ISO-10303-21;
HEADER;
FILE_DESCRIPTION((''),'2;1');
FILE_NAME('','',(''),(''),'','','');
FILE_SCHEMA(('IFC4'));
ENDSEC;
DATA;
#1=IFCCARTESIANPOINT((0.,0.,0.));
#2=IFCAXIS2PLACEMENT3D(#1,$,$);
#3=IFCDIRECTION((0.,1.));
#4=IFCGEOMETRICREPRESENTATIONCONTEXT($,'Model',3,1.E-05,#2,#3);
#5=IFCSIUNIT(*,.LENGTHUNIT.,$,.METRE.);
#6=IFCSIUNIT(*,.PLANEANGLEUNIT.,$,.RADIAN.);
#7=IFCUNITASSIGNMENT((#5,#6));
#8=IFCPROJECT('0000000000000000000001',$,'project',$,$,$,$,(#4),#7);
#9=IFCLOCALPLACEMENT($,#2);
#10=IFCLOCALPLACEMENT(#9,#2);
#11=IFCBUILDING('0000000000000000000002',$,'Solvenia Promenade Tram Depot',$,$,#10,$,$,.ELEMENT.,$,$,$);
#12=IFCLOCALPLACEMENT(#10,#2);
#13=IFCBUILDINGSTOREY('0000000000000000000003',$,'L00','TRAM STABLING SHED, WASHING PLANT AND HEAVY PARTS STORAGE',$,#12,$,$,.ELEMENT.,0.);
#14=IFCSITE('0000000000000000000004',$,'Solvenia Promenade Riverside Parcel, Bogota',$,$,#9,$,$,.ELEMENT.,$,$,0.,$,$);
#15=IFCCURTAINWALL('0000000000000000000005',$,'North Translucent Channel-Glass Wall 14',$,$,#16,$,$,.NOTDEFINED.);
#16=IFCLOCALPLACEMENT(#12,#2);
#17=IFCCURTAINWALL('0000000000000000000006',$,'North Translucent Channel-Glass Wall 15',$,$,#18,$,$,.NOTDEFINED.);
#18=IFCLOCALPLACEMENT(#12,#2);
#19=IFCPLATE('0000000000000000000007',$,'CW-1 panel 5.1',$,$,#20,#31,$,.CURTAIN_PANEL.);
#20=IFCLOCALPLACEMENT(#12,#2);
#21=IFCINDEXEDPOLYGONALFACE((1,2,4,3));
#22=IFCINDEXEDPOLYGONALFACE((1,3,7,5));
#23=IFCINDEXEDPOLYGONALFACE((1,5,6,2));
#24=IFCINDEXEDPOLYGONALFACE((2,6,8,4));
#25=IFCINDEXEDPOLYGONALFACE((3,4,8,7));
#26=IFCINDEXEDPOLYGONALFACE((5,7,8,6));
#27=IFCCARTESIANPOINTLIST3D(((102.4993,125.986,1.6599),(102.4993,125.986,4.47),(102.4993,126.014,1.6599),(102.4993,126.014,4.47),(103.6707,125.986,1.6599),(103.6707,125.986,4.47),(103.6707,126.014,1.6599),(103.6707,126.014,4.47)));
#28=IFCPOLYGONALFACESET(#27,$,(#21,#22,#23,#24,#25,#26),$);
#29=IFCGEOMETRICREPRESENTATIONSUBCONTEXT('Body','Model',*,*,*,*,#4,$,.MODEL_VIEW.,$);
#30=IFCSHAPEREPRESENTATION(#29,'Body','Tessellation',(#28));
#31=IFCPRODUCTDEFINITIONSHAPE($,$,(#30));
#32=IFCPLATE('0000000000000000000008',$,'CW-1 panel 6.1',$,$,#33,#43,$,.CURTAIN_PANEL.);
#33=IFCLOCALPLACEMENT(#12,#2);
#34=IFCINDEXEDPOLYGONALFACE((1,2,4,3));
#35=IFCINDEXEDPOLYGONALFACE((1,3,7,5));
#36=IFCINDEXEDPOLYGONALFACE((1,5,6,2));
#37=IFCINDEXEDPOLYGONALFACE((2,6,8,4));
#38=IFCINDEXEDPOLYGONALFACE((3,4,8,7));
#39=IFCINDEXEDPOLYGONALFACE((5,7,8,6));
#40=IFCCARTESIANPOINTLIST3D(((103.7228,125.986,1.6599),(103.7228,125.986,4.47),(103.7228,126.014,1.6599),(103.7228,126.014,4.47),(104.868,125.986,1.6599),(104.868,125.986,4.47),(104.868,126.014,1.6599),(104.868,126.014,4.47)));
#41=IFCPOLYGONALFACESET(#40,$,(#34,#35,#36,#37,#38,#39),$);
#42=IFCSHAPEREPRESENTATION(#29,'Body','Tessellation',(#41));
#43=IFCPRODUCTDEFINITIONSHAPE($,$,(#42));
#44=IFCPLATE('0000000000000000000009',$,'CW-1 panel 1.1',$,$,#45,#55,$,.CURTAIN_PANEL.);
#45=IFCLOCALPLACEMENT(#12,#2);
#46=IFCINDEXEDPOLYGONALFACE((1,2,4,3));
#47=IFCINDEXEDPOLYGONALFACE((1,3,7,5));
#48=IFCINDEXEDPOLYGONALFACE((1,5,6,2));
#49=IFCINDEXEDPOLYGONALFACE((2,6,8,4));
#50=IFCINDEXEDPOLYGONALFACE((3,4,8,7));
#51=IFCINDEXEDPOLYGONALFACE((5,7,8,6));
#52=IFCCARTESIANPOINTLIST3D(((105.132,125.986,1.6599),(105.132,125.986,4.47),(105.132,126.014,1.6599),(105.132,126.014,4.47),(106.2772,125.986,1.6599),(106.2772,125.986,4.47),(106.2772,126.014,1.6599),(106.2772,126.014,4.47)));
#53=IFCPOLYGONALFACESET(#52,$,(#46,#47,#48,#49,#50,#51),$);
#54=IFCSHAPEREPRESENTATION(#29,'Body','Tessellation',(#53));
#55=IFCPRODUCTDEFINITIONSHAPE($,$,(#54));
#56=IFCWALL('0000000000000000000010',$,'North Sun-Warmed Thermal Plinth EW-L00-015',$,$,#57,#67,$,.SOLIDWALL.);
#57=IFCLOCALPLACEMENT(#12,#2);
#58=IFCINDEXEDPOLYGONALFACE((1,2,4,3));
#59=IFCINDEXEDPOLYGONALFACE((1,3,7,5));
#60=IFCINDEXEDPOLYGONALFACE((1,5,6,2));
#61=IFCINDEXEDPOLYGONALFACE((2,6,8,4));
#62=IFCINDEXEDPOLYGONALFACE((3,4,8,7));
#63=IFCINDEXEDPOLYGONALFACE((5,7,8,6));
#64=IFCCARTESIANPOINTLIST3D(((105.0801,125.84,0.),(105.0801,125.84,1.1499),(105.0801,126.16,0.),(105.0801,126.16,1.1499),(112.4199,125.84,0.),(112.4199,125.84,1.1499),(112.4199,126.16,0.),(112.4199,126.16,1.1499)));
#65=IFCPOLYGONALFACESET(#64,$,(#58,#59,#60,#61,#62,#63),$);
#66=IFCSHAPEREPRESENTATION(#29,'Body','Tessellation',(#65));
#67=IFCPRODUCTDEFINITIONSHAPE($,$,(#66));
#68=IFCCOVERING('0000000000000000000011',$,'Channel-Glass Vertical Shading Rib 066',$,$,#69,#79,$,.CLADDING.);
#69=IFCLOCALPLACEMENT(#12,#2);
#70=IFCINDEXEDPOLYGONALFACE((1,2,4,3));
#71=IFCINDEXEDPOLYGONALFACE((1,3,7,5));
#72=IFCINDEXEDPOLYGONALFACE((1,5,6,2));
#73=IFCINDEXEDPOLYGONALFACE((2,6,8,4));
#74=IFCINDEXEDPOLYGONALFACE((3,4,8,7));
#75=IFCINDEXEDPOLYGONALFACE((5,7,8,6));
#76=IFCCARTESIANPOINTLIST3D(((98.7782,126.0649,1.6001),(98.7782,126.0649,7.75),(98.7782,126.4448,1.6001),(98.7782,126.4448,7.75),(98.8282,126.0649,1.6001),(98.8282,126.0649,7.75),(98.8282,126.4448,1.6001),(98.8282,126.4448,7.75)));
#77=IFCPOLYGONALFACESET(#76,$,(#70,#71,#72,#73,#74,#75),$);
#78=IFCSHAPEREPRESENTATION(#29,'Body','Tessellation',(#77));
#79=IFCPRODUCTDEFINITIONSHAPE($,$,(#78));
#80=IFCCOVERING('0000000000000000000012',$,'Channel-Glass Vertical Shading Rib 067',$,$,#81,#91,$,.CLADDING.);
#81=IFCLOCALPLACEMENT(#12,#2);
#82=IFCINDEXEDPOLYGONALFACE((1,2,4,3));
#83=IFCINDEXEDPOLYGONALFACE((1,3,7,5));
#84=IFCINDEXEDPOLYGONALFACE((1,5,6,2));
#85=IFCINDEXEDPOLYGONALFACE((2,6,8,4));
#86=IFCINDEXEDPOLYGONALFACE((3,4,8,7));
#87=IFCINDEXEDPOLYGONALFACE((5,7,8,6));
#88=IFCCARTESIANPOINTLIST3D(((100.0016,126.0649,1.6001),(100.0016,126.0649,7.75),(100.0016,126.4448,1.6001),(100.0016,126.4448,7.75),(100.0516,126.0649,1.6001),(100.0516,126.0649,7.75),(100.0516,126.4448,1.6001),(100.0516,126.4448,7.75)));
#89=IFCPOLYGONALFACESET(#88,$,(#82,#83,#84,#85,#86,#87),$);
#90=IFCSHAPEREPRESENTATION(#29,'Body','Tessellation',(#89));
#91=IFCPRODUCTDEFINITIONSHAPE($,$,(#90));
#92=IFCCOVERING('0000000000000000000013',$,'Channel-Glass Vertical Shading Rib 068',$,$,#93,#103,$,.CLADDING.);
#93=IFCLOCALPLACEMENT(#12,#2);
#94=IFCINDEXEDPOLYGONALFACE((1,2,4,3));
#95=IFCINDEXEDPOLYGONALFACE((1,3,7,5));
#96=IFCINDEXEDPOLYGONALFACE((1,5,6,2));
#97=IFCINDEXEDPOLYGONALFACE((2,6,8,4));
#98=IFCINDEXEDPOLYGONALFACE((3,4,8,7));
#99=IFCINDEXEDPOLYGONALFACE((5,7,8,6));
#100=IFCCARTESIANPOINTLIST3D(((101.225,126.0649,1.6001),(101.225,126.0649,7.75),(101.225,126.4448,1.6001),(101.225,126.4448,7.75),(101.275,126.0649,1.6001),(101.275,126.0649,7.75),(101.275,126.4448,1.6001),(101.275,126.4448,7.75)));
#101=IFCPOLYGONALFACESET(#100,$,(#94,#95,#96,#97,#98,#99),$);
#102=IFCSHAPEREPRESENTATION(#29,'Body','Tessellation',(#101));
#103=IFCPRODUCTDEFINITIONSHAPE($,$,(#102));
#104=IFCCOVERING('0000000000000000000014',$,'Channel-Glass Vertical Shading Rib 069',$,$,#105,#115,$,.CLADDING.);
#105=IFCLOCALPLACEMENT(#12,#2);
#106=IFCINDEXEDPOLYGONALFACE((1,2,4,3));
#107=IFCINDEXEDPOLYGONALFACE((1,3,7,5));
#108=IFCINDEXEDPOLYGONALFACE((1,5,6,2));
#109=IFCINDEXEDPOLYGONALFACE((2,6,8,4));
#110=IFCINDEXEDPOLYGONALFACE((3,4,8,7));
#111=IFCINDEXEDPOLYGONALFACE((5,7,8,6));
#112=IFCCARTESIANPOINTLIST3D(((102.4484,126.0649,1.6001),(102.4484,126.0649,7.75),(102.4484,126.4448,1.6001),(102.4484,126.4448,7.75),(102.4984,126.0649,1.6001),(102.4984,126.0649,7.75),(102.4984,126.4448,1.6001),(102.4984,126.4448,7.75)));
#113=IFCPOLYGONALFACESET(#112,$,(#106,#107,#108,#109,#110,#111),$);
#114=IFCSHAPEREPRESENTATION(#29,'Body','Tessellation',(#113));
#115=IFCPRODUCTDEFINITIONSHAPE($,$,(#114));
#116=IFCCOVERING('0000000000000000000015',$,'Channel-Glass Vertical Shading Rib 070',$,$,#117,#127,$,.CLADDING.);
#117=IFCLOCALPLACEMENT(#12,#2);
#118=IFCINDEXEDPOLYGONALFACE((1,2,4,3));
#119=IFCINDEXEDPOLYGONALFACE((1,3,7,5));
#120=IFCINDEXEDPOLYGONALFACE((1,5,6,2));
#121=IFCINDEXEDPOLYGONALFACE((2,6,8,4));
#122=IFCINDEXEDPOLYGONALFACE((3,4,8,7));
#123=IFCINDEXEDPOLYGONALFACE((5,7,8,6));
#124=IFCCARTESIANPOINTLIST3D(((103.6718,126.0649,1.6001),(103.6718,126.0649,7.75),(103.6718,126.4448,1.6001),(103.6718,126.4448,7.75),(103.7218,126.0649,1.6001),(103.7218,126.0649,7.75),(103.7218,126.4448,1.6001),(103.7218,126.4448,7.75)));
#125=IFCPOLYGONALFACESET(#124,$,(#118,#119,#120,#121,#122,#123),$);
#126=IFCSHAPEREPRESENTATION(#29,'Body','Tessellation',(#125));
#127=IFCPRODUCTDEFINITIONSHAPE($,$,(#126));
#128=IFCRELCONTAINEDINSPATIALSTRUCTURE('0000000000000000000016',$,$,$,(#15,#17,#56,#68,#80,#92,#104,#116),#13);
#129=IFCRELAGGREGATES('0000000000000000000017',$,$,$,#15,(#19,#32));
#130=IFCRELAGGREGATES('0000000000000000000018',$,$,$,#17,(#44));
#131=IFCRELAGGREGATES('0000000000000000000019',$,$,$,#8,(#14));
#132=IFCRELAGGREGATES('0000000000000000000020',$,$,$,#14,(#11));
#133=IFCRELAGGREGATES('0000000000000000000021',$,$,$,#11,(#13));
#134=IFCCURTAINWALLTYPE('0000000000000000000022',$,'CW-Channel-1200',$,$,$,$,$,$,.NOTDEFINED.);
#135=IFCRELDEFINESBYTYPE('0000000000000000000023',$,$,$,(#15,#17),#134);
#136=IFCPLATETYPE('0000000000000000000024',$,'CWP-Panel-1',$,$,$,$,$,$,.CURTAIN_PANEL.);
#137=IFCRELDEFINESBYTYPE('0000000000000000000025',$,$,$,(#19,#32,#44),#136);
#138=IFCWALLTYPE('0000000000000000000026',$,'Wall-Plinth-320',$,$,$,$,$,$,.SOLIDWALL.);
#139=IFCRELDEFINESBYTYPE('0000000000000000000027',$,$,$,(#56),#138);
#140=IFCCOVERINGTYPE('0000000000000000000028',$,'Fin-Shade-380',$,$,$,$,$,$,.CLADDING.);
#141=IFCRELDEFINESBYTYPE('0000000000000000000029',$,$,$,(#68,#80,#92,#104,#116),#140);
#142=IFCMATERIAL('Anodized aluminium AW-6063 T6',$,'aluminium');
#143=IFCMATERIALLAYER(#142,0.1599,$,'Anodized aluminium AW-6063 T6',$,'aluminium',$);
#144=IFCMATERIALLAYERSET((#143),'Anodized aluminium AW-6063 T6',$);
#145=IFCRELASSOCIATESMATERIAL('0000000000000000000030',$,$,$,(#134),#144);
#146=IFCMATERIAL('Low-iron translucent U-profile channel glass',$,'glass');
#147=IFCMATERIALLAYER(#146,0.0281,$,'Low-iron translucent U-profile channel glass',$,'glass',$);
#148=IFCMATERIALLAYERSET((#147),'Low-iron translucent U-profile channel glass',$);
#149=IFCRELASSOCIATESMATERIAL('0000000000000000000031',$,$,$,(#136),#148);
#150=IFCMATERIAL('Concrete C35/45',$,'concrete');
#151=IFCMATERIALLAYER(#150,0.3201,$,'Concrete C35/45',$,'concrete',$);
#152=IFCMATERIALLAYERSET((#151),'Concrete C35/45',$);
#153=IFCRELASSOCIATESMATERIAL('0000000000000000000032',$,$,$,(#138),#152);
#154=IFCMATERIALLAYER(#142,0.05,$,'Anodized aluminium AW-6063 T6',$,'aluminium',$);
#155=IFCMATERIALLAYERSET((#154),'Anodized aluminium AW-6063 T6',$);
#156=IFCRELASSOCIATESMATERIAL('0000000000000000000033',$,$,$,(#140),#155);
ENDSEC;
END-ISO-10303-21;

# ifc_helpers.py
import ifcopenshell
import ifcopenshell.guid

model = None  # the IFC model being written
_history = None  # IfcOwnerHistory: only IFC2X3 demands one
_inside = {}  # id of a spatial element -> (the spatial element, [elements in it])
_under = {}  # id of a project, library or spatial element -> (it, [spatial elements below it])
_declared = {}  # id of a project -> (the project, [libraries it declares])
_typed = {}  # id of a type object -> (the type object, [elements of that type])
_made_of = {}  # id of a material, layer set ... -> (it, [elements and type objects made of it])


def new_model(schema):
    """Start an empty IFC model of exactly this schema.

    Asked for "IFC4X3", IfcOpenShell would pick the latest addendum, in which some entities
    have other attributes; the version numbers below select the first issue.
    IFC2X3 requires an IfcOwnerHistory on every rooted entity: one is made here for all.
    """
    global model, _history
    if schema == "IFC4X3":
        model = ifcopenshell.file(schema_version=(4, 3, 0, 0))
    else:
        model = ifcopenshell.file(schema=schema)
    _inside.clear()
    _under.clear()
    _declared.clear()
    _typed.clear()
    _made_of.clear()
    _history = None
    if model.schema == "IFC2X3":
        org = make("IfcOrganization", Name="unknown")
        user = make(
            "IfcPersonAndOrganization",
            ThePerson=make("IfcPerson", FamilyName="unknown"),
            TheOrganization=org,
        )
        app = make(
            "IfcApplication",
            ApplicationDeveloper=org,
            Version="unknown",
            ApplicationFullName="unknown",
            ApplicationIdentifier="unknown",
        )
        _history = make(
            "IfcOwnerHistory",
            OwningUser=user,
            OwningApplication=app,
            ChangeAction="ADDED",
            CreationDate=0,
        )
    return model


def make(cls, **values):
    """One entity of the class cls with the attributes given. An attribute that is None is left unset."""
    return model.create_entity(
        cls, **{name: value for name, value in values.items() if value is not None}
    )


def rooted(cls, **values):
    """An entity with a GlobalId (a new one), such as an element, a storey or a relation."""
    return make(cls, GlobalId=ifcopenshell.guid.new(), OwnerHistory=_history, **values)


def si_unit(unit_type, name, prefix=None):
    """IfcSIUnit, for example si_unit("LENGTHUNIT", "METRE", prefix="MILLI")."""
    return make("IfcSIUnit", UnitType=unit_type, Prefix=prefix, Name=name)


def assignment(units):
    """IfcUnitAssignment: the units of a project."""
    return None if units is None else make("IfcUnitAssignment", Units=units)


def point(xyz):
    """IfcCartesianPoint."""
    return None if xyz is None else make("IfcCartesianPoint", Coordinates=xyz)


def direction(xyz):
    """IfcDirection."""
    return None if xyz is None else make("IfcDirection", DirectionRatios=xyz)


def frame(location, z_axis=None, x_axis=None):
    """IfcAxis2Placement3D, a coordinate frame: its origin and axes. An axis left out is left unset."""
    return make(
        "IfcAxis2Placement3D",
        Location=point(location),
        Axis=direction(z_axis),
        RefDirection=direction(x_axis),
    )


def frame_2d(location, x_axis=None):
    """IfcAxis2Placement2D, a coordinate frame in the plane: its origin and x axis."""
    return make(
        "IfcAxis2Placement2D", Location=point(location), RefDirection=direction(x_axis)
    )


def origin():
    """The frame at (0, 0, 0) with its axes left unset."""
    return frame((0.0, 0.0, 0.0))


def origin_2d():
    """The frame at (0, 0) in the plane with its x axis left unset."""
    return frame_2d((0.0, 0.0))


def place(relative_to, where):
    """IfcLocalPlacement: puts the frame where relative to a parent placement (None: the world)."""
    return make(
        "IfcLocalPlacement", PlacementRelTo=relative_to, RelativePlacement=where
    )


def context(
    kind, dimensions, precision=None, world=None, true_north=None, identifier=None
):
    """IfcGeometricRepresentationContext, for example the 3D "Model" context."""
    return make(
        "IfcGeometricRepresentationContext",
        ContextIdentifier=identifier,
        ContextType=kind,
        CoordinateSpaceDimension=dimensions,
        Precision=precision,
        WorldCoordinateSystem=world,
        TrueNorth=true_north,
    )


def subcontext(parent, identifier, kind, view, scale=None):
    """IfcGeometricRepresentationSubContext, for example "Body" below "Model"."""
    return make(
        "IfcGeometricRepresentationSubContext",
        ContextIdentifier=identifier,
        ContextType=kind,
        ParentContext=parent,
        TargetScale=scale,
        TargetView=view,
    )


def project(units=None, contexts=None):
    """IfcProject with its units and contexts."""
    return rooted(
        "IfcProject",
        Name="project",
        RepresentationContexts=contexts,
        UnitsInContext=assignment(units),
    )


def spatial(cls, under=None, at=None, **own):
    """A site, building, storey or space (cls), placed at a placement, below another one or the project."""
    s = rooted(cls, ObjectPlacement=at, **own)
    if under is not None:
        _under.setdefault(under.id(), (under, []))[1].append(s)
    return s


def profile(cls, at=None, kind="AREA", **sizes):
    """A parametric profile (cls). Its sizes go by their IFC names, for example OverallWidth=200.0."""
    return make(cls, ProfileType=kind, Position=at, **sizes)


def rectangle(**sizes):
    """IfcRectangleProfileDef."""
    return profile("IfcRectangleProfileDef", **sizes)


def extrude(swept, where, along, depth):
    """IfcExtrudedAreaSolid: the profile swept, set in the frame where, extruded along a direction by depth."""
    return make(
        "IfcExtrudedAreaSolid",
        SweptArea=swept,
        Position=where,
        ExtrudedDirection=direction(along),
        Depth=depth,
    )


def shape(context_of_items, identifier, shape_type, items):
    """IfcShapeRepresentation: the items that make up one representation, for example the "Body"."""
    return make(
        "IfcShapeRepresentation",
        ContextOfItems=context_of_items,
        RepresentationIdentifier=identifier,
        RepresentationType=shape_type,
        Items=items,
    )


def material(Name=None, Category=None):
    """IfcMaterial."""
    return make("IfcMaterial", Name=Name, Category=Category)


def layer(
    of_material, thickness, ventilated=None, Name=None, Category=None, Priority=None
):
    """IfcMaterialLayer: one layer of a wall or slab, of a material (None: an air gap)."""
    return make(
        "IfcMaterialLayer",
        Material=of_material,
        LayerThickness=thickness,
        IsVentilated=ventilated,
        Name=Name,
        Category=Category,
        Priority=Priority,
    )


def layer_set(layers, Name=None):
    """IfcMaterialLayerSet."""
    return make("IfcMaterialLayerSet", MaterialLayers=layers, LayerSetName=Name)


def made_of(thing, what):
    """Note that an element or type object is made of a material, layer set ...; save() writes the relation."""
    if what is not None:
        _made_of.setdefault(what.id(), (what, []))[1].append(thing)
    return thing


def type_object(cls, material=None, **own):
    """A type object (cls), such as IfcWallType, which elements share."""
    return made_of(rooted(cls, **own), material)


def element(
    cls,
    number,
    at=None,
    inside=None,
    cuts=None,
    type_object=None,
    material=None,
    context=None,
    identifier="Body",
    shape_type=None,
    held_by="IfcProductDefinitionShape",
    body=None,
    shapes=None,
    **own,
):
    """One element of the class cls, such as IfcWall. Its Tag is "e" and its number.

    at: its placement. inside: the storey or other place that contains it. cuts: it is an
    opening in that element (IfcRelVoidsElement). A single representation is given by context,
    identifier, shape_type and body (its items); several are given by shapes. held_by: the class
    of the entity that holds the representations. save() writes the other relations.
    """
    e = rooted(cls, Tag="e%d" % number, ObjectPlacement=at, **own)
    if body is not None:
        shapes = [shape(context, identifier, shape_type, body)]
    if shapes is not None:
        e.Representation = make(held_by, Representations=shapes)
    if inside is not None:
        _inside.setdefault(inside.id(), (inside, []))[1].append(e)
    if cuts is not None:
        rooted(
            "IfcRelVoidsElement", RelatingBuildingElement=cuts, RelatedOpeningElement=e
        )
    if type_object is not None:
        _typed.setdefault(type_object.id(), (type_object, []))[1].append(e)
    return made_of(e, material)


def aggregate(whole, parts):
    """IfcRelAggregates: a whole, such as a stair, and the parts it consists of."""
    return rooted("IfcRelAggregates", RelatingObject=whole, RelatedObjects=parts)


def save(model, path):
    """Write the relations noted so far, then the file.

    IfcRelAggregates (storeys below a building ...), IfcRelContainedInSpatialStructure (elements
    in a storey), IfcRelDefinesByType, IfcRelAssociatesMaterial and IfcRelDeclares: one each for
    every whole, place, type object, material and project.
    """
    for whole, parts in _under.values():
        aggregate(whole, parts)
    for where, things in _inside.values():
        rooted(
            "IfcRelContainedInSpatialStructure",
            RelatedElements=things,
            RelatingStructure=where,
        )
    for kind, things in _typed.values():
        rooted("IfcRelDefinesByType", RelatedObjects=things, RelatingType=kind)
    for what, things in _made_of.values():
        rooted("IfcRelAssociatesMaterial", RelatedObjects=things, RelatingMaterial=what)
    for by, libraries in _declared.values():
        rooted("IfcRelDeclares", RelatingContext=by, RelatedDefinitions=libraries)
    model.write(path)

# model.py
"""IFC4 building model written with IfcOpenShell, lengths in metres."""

from ifc_helpers import new_model, si_unit, direction, frame, frame_2d, origin, origin_2d, place, context, subcontext, project, spatial, rectangle, extrude, material, layer, layer_set, type_object, element, aggregate, save


model = new_model("IFC4")

# Units and contexts
model_context = context("Model", 3, precision=1e-05, world=origin(), true_north=direction((0.0, 1.0)))
body_context = subcontext(model_context, "Body", "Model", "MODEL_VIEW")
ifc_project = project(units=[si_unit("LENGTHUNIT", "METRE"), si_unit("PLANEANGLEUNIT", "RADIAN")], contexts=[model_context])

# Site, building, storey
site_placement = place(None, origin())
site = spatial("IfcSite", under=ifc_project, at=site_placement, Name="Solvenia Promenade Riverside Parcel, Bogota", CompositionType="ELEMENT", RefElevation=0.0)
building_placement = place(site_placement, origin())
building = spatial("IfcBuilding", under=site, at=building_placement, Name="Solvenia Promenade Tram Depot", CompositionType="ELEMENT")
storey_placement = place(building_placement, origin())
storey = spatial("IfcBuildingStorey", under=building, at=storey_placement, Name="L00", Description="TRAM STABLING SHED, WASHING PLANT AND HEAVY PARTS STORAGE", CompositionType="ELEMENT", Elevation=0.0)

# Curtain wall
ifc_material_1 = material(Name="Anodized aluminium AW-6063 T6", Category="aluminium")
ifc_layer_1 = layer(ifc_material_1, 0.1599, Name="Anodized aluminium AW-6063 T6", Category="aluminium")
ifc_layer_set_1 = layer_set([ifc_layer_1], Name="Anodized aluminium AW-6063 T6")
curtain_wall_type = type_object("IfcCurtainWallType", Name="CW-Channel-1200", PredefinedType="NOTDEFINED", material=ifc_layer_set_1)
curtain_wall_1_placement = place(storey_placement, origin())
curtain_wall_1 = element("IfcCurtainWall", 1, at=curtain_wall_1_placement, inside=storey, type_object=curtain_wall_type, Name="North Translucent Channel-Glass Wall 14", PredefinedType="NOTDEFINED")

# Curtain wall
curtain_wall_2_placement = place(storey_placement, origin())
curtain_wall_2 = element("IfcCurtainWall", 2, at=curtain_wall_2_placement, inside=storey, type_object=curtain_wall_type, Name="North Translucent Channel-Glass Wall 15", PredefinedType="NOTDEFINED")

# Plates
ifc_material_2 = material(Name="Low-iron translucent U-profile channel glass", Category="glass")
ifc_layer_2 = layer(ifc_material_2, 0.0281, Name="Low-iron translucent U-profile channel glass", Category="glass")
ifc_layer_set_2 = layer_set([ifc_layer_2], Name="Low-iron translucent U-profile channel glass")
plate_type = type_object("IfcPlateType", Name="CWP-Panel-1", PredefinedType="CURTAIN_PANEL", material=ifc_layer_set_2)
plate_1_placement = place(storey_placement, frame((103.085, 126.0, 1.6599), z_axis=(0.0, 0.0, 1.0), x_axis=(1.0, 0.0, 0.0)))
plate_1 = element("IfcPlate", 3, at=plate_1_placement, type_object=plate_type, Name="CW-1 panel 5.1", PredefinedType="CURTAIN_PANEL", context=body_context, shape_type="SweptSolid", body=[
    extrude(rectangle(XDim=1.1714, YDim=0.0281, at=origin_2d()), origin(), (0.0, 0.0, 1.0), 2.8101),
])
plate_2_placement = place(storey_placement, frame((104.2954, 126.0, 1.6599), z_axis=(0.0, 0.0, 1.0), x_axis=(1.0, 0.0, 0.0)))
plate_2 = element("IfcPlate", 4, at=plate_2_placement, type_object=plate_type, Name="CW-1 panel 6.1", PredefinedType="CURTAIN_PANEL", context=body_context, shape_type="SweptSolid", body=[
    extrude(rectangle(XDim=1.1453, YDim=0.0281, at=origin_2d()), origin(), (0.0, 0.0, 1.0), 2.8101),
])
aggregate(curtain_wall_1, [plate_1, plate_2])
plate_3_placement = place(storey_placement, frame((105.7046, 126.0, 1.6599), z_axis=(0.0, 0.0, 1.0), x_axis=(1.0, 0.0, 0.0)))
plate_3 = element("IfcPlate", 5, at=plate_3_placement, type_object=plate_type, Name="CW-1 panel 1.1", PredefinedType="CURTAIN_PANEL", context=body_context, shape_type="SweptSolid", body=[
    extrude(rectangle(XDim=1.1453, YDim=0.0281, at=origin_2d()), origin(), (0.0, 0.0, 1.0), 2.8101),
])
aggregate(curtain_wall_2, [plate_3])

# Wall
ifc_material_3 = material(Name="Concrete C35/45", Category="concrete")
ifc_layer_3 = layer(ifc_material_3, 0.3201, Name="Concrete C35/45", Category="concrete")
ifc_layer_set_3 = layer_set([ifc_layer_3], Name="Concrete C35/45")
wall_type = type_object("IfcWallType", Name="Wall-Plinth-320", PredefinedType="SOLIDWALL", material=ifc_layer_set_3)
wall_placement = place(storey_placement, frame((105.0801, 126.0, 0.0), z_axis=(0.0, 0.0, 1.0), x_axis=(1.0, 0.0, 0.0)))
element("IfcWall", 6, at=wall_placement, inside=storey, type_object=wall_type, Name="North Sun-Warmed Thermal Plinth EW-L00-015", PredefinedType="SOLIDWALL", context=body_context, shape_type="SweptSolid", body=[
    extrude(rectangle(XDim=7.3398, YDim=0.3201, at=frame_2d((3.6699, 0.0))), origin(), (0.0, 0.0, 1.0), 1.1499),
])

# Coverings
ifc_layer_4 = layer(ifc_material_1, 0.05, Name="Anodized aluminium AW-6063 T6", Category="aluminium")
ifc_layer_set_4 = layer_set([ifc_layer_4], Name="Anodized aluminium AW-6063 T6")
covering_type = type_object("IfcCoveringType", Name="Fin-Shade-380", PredefinedType="CLADDING", material=ifc_layer_set_4)
for number, where, z_axis, x_axis, name in (
    (7, (98.8032, 126.2549, 1.6001), (0.0, 0.0, 1.0), (1.0, 0.0, 0.0), "Channel-Glass Vertical Shading Rib 066"),
    (8, (100.0266, 126.2549, 1.6001), (0.0, 0.0, 1.0), (1.0, 0.0, 0.0), "Channel-Glass Vertical Shading Rib 067"),
    (9, (101.25, 126.2549, 1.6001), (0.0, 0.0, 1.0), (1.0, 0.0, 0.0), "Channel-Glass Vertical Shading Rib 068"),
    (10, (102.4734, 126.2549, 1.6001), (0.0, 0.0, 1.0), (1.0, 0.0, 0.0), "Channel-Glass Vertical Shading Rib 069"),
    (11, (103.6968, 126.2549, 1.6001), (0.0, 0.0, 1.0), (1.0, 0.0, 0.0), "Channel-Glass Vertical Shading Rib 070"),
):
    element("IfcCovering", number, at=place(storey_placement, frame(where, z_axis=z_axis, x_axis=x_axis)), inside=storey, type_object=covering_type, Name=name, PredefinedType="CLADDING", context=body_context, shape_type="SweptSolid", body=[
        extrude(rectangle(XDim=0.05, YDim=0.3799, at=origin_2d()), origin(), (0.0, 0.0, 1.0), 6.1499),
    ])

save(model, "model.ifc")
